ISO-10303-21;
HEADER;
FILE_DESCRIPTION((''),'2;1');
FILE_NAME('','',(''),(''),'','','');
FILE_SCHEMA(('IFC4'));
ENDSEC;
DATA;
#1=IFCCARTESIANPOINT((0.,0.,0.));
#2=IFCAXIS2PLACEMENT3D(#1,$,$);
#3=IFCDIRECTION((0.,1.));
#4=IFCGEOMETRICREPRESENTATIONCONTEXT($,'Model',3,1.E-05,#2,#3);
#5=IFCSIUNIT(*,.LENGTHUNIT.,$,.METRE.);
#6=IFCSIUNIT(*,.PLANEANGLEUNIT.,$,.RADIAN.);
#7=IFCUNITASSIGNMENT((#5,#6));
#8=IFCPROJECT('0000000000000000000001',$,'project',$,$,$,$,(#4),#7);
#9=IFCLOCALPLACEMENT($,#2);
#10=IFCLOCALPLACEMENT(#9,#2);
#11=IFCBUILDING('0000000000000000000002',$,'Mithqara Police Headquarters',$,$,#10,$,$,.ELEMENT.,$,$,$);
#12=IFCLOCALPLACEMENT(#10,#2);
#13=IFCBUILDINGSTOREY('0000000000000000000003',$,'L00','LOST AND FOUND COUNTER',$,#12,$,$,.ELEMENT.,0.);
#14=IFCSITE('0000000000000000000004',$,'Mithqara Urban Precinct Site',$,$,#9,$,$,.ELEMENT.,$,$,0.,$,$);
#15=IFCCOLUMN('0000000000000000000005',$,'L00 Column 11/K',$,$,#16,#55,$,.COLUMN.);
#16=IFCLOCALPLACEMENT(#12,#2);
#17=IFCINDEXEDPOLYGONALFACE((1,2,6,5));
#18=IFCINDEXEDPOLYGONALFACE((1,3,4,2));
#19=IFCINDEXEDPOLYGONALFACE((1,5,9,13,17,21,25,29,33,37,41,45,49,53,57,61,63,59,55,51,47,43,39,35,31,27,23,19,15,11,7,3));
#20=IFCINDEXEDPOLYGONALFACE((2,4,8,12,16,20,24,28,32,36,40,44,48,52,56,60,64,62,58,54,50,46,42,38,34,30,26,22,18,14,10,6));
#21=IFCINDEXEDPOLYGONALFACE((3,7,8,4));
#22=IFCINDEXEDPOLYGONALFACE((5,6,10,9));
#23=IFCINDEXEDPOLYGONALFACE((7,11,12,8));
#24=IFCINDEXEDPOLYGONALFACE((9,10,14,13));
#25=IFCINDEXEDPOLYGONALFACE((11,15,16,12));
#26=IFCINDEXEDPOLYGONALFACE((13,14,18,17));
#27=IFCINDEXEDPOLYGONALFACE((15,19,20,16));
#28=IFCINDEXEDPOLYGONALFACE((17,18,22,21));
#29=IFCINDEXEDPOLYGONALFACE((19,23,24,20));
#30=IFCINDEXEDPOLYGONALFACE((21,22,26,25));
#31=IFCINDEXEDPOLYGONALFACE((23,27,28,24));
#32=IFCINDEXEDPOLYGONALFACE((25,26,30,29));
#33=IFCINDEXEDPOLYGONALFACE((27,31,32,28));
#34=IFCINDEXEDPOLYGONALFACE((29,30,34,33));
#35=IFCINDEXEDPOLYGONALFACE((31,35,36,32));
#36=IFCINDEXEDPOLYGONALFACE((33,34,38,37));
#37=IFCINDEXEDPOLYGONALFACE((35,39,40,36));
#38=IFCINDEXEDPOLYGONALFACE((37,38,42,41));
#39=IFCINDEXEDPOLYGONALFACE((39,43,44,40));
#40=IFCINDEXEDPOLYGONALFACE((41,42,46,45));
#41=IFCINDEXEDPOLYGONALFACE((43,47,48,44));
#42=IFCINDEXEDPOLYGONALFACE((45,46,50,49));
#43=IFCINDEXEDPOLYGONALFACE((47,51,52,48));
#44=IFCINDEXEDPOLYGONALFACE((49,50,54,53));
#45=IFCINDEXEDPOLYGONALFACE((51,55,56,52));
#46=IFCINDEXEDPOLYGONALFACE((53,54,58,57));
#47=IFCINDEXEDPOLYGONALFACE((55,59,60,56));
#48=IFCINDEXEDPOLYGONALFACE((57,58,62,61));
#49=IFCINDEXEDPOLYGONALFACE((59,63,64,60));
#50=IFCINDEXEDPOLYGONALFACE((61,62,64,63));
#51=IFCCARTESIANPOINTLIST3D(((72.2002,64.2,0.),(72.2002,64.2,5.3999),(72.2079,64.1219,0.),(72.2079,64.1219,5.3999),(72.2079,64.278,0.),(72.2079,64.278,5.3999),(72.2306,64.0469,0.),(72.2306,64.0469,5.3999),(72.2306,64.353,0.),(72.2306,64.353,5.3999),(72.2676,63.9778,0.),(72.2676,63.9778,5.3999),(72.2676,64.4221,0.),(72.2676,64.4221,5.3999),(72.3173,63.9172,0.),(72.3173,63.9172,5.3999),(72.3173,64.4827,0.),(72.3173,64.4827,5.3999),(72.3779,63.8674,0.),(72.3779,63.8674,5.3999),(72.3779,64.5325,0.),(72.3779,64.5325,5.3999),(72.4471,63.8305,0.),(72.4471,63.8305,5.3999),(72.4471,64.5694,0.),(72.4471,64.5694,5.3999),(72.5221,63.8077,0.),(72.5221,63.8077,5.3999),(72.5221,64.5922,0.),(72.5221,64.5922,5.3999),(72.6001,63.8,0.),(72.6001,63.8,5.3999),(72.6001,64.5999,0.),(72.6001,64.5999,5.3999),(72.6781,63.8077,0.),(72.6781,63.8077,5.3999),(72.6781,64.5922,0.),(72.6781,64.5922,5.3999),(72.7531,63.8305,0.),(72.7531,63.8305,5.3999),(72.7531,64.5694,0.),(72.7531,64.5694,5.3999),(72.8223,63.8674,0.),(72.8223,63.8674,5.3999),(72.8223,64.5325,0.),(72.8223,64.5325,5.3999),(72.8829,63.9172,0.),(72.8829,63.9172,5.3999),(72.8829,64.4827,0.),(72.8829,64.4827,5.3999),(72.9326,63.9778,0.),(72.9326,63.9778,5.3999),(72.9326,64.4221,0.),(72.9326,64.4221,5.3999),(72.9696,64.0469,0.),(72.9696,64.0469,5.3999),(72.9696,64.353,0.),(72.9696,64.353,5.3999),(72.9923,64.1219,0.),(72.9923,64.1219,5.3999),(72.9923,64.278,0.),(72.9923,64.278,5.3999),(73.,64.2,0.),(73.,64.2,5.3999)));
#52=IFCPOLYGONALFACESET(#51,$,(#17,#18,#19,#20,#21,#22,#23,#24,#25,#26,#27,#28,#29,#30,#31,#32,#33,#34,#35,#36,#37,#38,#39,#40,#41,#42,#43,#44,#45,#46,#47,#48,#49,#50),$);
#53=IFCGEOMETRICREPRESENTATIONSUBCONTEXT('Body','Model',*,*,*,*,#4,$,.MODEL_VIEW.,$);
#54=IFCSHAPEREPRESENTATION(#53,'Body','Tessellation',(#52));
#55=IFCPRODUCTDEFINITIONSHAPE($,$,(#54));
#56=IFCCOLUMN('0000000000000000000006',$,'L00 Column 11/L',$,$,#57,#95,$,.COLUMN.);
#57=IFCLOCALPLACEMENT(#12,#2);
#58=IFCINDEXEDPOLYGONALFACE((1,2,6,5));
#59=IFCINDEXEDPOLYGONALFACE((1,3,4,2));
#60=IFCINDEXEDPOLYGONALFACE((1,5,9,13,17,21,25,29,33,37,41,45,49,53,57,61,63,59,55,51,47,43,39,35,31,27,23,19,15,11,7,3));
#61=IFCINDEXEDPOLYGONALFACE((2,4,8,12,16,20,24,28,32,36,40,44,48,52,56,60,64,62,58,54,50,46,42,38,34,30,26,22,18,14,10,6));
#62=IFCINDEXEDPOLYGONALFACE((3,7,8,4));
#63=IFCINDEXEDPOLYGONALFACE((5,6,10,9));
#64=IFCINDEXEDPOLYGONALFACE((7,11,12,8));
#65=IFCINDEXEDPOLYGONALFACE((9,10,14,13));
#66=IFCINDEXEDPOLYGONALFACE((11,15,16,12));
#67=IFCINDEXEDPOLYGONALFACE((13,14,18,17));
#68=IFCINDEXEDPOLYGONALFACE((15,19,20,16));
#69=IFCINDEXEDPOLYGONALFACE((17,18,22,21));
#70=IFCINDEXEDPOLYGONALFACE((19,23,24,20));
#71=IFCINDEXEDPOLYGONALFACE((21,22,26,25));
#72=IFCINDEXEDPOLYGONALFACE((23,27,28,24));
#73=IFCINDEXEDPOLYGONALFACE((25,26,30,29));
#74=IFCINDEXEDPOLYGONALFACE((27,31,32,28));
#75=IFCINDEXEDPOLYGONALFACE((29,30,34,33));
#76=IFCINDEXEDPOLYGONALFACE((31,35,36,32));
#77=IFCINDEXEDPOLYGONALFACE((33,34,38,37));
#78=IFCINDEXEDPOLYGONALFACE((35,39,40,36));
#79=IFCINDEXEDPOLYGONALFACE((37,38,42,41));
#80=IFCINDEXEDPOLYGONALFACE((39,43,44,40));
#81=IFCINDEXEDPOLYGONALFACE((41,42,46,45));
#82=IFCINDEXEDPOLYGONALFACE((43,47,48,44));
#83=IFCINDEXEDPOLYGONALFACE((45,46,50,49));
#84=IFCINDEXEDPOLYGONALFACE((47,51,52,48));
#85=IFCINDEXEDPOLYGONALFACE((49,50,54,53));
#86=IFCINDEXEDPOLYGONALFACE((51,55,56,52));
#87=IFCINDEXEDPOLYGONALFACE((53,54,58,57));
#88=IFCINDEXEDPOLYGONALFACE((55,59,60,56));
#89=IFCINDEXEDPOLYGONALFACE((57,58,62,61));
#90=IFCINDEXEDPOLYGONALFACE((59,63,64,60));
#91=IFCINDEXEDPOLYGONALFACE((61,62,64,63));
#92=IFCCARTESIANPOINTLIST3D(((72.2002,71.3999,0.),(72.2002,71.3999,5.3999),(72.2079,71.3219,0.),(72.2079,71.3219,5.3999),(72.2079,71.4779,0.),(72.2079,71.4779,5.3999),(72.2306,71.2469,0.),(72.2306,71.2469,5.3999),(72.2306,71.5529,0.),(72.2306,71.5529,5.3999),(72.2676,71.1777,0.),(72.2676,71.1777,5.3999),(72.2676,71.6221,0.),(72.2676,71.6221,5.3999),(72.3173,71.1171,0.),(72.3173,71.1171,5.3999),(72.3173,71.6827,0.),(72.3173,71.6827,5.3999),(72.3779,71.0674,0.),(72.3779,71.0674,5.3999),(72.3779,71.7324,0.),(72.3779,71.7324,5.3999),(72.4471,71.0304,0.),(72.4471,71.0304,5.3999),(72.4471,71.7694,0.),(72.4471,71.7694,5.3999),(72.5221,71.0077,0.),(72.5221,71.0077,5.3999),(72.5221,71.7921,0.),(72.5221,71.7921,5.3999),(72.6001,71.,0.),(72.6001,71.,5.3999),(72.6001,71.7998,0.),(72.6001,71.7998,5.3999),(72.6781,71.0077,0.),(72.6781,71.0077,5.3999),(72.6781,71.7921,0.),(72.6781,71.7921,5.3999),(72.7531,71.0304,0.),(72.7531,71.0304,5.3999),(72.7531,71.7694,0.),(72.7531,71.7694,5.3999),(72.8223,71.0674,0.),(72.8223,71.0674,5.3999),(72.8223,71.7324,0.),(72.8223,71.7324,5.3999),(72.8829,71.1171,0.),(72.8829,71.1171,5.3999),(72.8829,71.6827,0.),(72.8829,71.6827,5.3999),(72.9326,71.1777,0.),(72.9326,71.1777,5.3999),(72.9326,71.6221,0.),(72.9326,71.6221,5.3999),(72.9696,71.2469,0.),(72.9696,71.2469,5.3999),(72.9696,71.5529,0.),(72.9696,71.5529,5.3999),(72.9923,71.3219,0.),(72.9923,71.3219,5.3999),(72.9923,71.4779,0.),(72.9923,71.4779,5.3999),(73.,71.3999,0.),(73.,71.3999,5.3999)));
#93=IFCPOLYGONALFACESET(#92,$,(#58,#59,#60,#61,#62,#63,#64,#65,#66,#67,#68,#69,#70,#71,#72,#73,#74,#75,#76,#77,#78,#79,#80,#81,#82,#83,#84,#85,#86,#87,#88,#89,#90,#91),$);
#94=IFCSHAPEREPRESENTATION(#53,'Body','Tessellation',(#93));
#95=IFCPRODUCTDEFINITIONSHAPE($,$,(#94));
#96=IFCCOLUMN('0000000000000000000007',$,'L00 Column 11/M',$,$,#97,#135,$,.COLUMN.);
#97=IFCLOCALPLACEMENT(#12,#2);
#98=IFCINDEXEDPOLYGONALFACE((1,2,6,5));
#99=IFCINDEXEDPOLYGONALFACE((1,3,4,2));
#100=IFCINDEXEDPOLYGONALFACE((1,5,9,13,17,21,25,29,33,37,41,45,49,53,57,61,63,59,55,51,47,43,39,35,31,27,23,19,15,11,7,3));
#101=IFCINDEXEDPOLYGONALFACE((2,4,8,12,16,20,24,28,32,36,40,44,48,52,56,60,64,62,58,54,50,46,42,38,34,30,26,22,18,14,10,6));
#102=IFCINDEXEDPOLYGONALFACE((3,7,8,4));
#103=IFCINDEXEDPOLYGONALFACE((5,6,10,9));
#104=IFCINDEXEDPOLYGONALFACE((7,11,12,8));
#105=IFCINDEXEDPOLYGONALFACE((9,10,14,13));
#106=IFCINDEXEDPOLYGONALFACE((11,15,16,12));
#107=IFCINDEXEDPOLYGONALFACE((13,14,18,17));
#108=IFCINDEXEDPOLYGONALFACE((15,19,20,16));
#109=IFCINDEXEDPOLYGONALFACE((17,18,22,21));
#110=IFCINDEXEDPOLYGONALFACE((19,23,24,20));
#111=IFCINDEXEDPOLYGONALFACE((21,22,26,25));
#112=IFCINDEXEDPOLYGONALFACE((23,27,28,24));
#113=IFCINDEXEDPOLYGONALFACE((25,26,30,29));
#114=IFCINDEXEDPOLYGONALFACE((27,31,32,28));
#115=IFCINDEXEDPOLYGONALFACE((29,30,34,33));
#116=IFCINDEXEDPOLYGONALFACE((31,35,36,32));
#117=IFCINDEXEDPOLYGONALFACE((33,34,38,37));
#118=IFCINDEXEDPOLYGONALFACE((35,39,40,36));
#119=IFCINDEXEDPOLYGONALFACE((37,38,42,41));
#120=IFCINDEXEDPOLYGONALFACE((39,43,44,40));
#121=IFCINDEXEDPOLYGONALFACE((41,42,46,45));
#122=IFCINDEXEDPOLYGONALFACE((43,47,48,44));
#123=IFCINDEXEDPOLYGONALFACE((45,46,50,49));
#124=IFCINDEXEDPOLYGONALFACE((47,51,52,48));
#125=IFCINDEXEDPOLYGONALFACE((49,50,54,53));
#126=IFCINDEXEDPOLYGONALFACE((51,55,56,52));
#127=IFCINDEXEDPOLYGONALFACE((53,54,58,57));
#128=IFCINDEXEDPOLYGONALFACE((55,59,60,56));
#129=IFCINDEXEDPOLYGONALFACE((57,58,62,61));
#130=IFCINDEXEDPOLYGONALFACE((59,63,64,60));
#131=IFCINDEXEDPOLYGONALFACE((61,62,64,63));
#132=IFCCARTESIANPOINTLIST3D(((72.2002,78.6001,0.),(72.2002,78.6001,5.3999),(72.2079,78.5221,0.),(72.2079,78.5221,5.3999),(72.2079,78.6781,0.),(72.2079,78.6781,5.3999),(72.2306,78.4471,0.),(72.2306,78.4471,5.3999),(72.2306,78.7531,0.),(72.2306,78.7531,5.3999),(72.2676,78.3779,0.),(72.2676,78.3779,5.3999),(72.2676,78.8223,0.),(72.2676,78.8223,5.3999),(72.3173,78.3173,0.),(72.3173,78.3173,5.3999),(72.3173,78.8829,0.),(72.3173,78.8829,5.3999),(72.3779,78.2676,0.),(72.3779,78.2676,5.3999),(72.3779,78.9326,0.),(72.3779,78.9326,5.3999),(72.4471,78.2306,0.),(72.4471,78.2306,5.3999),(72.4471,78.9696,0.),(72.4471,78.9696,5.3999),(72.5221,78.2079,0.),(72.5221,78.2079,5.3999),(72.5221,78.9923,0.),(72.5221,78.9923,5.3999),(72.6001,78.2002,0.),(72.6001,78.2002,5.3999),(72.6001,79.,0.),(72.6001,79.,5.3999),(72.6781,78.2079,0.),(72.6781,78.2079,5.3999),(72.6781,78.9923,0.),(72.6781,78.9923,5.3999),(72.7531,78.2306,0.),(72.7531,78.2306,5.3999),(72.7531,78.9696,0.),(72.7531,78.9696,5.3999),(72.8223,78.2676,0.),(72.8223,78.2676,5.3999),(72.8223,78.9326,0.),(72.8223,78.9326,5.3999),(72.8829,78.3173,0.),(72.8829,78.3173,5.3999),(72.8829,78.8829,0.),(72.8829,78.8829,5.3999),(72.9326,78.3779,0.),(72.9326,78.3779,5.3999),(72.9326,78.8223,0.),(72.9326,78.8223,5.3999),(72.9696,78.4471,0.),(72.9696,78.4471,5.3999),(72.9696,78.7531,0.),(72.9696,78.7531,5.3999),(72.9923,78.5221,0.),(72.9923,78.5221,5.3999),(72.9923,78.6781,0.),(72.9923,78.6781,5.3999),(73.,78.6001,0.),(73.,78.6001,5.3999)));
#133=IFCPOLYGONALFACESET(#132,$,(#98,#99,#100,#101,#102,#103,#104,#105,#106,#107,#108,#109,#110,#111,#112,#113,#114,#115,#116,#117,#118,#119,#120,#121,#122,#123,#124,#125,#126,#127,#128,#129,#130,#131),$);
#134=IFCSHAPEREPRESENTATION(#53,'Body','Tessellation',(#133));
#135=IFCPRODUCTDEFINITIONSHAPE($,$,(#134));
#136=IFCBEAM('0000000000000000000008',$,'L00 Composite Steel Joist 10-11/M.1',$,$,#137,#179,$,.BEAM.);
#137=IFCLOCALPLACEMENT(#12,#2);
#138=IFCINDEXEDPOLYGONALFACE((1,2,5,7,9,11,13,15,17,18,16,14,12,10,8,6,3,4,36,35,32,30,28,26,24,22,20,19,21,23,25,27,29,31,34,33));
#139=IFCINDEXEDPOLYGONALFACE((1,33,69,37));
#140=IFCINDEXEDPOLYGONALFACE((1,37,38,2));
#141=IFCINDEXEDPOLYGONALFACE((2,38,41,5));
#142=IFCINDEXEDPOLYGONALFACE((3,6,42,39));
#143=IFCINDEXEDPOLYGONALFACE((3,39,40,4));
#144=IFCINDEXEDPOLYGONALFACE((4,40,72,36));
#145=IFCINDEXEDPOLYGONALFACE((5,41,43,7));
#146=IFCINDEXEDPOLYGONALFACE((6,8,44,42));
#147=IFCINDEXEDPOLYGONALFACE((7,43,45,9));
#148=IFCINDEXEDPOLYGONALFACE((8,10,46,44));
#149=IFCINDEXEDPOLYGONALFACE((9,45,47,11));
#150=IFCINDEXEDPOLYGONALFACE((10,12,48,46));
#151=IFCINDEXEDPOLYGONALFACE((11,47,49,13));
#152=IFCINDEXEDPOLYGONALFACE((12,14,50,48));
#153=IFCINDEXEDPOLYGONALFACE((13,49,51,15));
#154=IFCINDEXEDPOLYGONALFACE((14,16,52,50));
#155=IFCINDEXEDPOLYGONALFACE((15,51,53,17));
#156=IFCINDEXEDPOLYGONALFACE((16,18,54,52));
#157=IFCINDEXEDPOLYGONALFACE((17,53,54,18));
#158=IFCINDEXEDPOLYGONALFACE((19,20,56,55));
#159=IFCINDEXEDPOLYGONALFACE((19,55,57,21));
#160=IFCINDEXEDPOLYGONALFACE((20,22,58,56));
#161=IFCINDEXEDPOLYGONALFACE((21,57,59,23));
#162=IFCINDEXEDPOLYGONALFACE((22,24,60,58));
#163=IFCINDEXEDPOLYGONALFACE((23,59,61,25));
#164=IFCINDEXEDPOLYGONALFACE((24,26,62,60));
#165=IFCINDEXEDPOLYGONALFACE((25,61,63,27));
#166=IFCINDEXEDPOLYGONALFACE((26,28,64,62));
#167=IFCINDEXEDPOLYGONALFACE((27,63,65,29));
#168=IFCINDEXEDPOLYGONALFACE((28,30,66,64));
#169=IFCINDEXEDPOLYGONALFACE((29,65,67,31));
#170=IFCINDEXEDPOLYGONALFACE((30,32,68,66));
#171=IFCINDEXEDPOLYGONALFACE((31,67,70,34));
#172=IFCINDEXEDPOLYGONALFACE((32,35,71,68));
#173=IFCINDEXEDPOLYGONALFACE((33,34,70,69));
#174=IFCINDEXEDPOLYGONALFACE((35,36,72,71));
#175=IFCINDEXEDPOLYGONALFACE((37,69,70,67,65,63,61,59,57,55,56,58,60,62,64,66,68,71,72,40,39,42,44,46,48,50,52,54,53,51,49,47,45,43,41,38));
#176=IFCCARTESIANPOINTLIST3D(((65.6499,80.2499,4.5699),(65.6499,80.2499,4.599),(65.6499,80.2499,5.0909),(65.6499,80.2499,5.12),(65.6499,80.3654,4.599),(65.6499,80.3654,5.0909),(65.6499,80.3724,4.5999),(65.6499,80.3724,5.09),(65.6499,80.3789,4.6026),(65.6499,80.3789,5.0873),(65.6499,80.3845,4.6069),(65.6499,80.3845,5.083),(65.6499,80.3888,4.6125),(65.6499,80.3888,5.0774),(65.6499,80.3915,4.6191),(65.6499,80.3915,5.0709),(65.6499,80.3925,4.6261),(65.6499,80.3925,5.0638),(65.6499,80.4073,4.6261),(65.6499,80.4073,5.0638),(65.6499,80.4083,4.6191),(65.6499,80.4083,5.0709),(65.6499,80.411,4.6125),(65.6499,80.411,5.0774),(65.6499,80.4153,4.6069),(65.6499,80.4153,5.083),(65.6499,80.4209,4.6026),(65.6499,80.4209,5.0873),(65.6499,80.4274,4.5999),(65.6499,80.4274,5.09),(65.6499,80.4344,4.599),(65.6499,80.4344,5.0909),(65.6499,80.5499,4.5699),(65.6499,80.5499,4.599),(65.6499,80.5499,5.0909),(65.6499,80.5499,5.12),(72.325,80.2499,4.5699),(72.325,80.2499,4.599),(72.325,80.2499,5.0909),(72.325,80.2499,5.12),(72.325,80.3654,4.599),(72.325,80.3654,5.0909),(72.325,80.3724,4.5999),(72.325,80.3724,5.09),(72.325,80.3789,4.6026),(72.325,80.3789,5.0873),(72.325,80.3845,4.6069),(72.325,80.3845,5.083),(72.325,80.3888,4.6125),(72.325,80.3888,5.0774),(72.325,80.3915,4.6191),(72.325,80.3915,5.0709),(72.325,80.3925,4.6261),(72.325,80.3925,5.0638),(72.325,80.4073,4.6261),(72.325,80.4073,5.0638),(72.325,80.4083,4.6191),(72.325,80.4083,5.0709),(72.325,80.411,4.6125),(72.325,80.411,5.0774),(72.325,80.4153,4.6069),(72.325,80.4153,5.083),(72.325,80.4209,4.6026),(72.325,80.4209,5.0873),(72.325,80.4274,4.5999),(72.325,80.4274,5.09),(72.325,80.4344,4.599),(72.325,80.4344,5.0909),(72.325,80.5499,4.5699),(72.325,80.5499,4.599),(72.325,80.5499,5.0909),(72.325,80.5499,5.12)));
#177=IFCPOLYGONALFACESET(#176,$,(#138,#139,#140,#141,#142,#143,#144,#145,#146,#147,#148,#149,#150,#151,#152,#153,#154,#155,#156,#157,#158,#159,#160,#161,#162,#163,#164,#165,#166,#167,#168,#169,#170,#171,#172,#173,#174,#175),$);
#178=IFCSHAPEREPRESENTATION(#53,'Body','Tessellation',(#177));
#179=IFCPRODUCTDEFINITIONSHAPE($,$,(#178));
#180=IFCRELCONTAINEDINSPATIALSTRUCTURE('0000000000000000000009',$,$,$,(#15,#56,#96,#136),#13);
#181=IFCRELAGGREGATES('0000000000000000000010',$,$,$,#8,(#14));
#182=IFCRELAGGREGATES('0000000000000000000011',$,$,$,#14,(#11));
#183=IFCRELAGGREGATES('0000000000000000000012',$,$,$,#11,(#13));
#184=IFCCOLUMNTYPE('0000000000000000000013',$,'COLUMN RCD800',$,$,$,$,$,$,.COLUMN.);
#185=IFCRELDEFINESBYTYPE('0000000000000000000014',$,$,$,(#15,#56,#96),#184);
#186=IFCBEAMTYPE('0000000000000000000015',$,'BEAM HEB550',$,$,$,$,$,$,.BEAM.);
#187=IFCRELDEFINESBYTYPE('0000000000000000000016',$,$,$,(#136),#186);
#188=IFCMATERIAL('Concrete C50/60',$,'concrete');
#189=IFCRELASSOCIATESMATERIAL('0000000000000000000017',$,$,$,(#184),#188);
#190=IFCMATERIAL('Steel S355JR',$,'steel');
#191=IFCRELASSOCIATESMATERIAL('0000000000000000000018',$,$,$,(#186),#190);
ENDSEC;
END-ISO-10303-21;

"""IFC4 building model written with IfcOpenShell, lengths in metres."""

from ifc_helpers import new_model, si_unit, direction, frame, origin, origin_2d, place, context, subcontext, project, spatial, circle, i_section, extrude, material, material_profile, profile_set, type_object, element, save


model = new_model("IFC4")

# Units and contexts
model_context = context("Model", 3, precision=1e-05, world=origin(), true_north=direction((0.0, 1.0)))
body_context = subcontext(model_context, "Body", "Model", "MODEL_VIEW")
ifc_project = project(units=[si_unit("LENGTHUNIT", "METRE"), si_unit("PLANEANGLEUNIT", "RADIAN")], contexts=[model_context])

# Site, building, storey
site_placement = place(None, origin())
site = spatial("IfcSite", under=ifc_project, at=site_placement, Name="Mithqara Urban Precinct Site", CompositionType="ELEMENT", RefElevation=0.0)
building_placement = place(site_placement, origin())
building = spatial("IfcBuilding", under=site, at=building_placement, Name="Mithqara Police Headquarters", CompositionType="ELEMENT")
storey_placement = place(building_placement, origin())
storey = spatial("IfcBuildingStorey", under=building, at=storey_placement, Name="L00", Description="LOST AND FOUND COUNTER", CompositionType="ELEMENT", Elevation=0.0)

# Columns
ifc_material_1 = material(Name="Concrete C50/60", Category="concrete")
ifc_material_profile_1 = material_profile(ifc_material_1, circle(Radius=0.3999, at=origin_2d()), Name="RCD 800")
ifc_profile_set_1 = profile_set([ifc_material_profile_1], Name="Concrete C50/60")
column_type = type_object("IfcColumnType", Name="COLUMN RCD800", PredefinedType="COLUMN", material=ifc_profile_set_1)
for number, where, z_axis, x_axis, name in (
    (1, (72.6001, 64.2, 0.0), (0.0, 0.0, 1.0), (1.0, 0.0, 0.0), "L00 Column 11/K"),
    (2, (72.6001, 71.3999, 0.0), (0.0, 0.0, 1.0), (1.0, 0.0, 0.0), "L00 Column 11/L"),
    (3, (72.6001, 78.6001, 0.0), (0.0, 0.0, 1.0), (1.0, 0.0, 0.0), "L00 Column 11/M"),
):
    element("IfcColumn", number, at=place(storey_placement, frame(where, z_axis=z_axis, x_axis=x_axis)), inside=storey, type_object=column_type, Name=name, PredefinedType="COLUMN", context=body_context, shape_type="SweptSolid", body=[
        extrude(circle(Radius=0.3999, at=origin_2d()), origin(), (0.0, 0.0, 1.0), 5.3999),
    ])

# Beam
ifc_material_2 = material(Name="Steel S355JR", Category="steel")
ifc_material_profile_2 = material_profile(ifc_material_2, i_section(OverallWidth=0.3, OverallDepth=0.55, WebThickness=0.0149, FlangeThickness=0.0291, FilletRadius=0.0271, at=origin_2d()), Name="HEB 550")
ifc_profile_set_2 = profile_set([ifc_material_profile_2], Name="Steel S355JR")
beam_type_1 = type_object("IfcBeamType", Name="BEAM HEB550", PredefinedType="BEAM", material=ifc_profile_set_2)
for number, where, z_axis, x_axis, name in (
    (4, (65.6499, 80.3999, 4.845), (1.0, 0.0, 0.0), (0.0, 1.0, 0.0), "L00 Composite Steel Joist 10-11/M.1"),
):
    element("IfcBeam", number, at=place(storey_placement, frame(where, z_axis=z_axis, x_axis=x_axis)), inside=storey, type_object=beam_type_1, Name=name, PredefinedType="BEAM", context=body_context, shape_type="SweptSolid", body=[
        extrude(i_section(OverallWidth=0.3, OverallDepth=0.55, WebThickness=0.0149, FlangeThickness=0.0291, FilletRadius=0.0271, at=origin_2d()), origin(), (0.0, 0.0, 1.0), 6.675),
    ])

save(model, "model.ifc")
